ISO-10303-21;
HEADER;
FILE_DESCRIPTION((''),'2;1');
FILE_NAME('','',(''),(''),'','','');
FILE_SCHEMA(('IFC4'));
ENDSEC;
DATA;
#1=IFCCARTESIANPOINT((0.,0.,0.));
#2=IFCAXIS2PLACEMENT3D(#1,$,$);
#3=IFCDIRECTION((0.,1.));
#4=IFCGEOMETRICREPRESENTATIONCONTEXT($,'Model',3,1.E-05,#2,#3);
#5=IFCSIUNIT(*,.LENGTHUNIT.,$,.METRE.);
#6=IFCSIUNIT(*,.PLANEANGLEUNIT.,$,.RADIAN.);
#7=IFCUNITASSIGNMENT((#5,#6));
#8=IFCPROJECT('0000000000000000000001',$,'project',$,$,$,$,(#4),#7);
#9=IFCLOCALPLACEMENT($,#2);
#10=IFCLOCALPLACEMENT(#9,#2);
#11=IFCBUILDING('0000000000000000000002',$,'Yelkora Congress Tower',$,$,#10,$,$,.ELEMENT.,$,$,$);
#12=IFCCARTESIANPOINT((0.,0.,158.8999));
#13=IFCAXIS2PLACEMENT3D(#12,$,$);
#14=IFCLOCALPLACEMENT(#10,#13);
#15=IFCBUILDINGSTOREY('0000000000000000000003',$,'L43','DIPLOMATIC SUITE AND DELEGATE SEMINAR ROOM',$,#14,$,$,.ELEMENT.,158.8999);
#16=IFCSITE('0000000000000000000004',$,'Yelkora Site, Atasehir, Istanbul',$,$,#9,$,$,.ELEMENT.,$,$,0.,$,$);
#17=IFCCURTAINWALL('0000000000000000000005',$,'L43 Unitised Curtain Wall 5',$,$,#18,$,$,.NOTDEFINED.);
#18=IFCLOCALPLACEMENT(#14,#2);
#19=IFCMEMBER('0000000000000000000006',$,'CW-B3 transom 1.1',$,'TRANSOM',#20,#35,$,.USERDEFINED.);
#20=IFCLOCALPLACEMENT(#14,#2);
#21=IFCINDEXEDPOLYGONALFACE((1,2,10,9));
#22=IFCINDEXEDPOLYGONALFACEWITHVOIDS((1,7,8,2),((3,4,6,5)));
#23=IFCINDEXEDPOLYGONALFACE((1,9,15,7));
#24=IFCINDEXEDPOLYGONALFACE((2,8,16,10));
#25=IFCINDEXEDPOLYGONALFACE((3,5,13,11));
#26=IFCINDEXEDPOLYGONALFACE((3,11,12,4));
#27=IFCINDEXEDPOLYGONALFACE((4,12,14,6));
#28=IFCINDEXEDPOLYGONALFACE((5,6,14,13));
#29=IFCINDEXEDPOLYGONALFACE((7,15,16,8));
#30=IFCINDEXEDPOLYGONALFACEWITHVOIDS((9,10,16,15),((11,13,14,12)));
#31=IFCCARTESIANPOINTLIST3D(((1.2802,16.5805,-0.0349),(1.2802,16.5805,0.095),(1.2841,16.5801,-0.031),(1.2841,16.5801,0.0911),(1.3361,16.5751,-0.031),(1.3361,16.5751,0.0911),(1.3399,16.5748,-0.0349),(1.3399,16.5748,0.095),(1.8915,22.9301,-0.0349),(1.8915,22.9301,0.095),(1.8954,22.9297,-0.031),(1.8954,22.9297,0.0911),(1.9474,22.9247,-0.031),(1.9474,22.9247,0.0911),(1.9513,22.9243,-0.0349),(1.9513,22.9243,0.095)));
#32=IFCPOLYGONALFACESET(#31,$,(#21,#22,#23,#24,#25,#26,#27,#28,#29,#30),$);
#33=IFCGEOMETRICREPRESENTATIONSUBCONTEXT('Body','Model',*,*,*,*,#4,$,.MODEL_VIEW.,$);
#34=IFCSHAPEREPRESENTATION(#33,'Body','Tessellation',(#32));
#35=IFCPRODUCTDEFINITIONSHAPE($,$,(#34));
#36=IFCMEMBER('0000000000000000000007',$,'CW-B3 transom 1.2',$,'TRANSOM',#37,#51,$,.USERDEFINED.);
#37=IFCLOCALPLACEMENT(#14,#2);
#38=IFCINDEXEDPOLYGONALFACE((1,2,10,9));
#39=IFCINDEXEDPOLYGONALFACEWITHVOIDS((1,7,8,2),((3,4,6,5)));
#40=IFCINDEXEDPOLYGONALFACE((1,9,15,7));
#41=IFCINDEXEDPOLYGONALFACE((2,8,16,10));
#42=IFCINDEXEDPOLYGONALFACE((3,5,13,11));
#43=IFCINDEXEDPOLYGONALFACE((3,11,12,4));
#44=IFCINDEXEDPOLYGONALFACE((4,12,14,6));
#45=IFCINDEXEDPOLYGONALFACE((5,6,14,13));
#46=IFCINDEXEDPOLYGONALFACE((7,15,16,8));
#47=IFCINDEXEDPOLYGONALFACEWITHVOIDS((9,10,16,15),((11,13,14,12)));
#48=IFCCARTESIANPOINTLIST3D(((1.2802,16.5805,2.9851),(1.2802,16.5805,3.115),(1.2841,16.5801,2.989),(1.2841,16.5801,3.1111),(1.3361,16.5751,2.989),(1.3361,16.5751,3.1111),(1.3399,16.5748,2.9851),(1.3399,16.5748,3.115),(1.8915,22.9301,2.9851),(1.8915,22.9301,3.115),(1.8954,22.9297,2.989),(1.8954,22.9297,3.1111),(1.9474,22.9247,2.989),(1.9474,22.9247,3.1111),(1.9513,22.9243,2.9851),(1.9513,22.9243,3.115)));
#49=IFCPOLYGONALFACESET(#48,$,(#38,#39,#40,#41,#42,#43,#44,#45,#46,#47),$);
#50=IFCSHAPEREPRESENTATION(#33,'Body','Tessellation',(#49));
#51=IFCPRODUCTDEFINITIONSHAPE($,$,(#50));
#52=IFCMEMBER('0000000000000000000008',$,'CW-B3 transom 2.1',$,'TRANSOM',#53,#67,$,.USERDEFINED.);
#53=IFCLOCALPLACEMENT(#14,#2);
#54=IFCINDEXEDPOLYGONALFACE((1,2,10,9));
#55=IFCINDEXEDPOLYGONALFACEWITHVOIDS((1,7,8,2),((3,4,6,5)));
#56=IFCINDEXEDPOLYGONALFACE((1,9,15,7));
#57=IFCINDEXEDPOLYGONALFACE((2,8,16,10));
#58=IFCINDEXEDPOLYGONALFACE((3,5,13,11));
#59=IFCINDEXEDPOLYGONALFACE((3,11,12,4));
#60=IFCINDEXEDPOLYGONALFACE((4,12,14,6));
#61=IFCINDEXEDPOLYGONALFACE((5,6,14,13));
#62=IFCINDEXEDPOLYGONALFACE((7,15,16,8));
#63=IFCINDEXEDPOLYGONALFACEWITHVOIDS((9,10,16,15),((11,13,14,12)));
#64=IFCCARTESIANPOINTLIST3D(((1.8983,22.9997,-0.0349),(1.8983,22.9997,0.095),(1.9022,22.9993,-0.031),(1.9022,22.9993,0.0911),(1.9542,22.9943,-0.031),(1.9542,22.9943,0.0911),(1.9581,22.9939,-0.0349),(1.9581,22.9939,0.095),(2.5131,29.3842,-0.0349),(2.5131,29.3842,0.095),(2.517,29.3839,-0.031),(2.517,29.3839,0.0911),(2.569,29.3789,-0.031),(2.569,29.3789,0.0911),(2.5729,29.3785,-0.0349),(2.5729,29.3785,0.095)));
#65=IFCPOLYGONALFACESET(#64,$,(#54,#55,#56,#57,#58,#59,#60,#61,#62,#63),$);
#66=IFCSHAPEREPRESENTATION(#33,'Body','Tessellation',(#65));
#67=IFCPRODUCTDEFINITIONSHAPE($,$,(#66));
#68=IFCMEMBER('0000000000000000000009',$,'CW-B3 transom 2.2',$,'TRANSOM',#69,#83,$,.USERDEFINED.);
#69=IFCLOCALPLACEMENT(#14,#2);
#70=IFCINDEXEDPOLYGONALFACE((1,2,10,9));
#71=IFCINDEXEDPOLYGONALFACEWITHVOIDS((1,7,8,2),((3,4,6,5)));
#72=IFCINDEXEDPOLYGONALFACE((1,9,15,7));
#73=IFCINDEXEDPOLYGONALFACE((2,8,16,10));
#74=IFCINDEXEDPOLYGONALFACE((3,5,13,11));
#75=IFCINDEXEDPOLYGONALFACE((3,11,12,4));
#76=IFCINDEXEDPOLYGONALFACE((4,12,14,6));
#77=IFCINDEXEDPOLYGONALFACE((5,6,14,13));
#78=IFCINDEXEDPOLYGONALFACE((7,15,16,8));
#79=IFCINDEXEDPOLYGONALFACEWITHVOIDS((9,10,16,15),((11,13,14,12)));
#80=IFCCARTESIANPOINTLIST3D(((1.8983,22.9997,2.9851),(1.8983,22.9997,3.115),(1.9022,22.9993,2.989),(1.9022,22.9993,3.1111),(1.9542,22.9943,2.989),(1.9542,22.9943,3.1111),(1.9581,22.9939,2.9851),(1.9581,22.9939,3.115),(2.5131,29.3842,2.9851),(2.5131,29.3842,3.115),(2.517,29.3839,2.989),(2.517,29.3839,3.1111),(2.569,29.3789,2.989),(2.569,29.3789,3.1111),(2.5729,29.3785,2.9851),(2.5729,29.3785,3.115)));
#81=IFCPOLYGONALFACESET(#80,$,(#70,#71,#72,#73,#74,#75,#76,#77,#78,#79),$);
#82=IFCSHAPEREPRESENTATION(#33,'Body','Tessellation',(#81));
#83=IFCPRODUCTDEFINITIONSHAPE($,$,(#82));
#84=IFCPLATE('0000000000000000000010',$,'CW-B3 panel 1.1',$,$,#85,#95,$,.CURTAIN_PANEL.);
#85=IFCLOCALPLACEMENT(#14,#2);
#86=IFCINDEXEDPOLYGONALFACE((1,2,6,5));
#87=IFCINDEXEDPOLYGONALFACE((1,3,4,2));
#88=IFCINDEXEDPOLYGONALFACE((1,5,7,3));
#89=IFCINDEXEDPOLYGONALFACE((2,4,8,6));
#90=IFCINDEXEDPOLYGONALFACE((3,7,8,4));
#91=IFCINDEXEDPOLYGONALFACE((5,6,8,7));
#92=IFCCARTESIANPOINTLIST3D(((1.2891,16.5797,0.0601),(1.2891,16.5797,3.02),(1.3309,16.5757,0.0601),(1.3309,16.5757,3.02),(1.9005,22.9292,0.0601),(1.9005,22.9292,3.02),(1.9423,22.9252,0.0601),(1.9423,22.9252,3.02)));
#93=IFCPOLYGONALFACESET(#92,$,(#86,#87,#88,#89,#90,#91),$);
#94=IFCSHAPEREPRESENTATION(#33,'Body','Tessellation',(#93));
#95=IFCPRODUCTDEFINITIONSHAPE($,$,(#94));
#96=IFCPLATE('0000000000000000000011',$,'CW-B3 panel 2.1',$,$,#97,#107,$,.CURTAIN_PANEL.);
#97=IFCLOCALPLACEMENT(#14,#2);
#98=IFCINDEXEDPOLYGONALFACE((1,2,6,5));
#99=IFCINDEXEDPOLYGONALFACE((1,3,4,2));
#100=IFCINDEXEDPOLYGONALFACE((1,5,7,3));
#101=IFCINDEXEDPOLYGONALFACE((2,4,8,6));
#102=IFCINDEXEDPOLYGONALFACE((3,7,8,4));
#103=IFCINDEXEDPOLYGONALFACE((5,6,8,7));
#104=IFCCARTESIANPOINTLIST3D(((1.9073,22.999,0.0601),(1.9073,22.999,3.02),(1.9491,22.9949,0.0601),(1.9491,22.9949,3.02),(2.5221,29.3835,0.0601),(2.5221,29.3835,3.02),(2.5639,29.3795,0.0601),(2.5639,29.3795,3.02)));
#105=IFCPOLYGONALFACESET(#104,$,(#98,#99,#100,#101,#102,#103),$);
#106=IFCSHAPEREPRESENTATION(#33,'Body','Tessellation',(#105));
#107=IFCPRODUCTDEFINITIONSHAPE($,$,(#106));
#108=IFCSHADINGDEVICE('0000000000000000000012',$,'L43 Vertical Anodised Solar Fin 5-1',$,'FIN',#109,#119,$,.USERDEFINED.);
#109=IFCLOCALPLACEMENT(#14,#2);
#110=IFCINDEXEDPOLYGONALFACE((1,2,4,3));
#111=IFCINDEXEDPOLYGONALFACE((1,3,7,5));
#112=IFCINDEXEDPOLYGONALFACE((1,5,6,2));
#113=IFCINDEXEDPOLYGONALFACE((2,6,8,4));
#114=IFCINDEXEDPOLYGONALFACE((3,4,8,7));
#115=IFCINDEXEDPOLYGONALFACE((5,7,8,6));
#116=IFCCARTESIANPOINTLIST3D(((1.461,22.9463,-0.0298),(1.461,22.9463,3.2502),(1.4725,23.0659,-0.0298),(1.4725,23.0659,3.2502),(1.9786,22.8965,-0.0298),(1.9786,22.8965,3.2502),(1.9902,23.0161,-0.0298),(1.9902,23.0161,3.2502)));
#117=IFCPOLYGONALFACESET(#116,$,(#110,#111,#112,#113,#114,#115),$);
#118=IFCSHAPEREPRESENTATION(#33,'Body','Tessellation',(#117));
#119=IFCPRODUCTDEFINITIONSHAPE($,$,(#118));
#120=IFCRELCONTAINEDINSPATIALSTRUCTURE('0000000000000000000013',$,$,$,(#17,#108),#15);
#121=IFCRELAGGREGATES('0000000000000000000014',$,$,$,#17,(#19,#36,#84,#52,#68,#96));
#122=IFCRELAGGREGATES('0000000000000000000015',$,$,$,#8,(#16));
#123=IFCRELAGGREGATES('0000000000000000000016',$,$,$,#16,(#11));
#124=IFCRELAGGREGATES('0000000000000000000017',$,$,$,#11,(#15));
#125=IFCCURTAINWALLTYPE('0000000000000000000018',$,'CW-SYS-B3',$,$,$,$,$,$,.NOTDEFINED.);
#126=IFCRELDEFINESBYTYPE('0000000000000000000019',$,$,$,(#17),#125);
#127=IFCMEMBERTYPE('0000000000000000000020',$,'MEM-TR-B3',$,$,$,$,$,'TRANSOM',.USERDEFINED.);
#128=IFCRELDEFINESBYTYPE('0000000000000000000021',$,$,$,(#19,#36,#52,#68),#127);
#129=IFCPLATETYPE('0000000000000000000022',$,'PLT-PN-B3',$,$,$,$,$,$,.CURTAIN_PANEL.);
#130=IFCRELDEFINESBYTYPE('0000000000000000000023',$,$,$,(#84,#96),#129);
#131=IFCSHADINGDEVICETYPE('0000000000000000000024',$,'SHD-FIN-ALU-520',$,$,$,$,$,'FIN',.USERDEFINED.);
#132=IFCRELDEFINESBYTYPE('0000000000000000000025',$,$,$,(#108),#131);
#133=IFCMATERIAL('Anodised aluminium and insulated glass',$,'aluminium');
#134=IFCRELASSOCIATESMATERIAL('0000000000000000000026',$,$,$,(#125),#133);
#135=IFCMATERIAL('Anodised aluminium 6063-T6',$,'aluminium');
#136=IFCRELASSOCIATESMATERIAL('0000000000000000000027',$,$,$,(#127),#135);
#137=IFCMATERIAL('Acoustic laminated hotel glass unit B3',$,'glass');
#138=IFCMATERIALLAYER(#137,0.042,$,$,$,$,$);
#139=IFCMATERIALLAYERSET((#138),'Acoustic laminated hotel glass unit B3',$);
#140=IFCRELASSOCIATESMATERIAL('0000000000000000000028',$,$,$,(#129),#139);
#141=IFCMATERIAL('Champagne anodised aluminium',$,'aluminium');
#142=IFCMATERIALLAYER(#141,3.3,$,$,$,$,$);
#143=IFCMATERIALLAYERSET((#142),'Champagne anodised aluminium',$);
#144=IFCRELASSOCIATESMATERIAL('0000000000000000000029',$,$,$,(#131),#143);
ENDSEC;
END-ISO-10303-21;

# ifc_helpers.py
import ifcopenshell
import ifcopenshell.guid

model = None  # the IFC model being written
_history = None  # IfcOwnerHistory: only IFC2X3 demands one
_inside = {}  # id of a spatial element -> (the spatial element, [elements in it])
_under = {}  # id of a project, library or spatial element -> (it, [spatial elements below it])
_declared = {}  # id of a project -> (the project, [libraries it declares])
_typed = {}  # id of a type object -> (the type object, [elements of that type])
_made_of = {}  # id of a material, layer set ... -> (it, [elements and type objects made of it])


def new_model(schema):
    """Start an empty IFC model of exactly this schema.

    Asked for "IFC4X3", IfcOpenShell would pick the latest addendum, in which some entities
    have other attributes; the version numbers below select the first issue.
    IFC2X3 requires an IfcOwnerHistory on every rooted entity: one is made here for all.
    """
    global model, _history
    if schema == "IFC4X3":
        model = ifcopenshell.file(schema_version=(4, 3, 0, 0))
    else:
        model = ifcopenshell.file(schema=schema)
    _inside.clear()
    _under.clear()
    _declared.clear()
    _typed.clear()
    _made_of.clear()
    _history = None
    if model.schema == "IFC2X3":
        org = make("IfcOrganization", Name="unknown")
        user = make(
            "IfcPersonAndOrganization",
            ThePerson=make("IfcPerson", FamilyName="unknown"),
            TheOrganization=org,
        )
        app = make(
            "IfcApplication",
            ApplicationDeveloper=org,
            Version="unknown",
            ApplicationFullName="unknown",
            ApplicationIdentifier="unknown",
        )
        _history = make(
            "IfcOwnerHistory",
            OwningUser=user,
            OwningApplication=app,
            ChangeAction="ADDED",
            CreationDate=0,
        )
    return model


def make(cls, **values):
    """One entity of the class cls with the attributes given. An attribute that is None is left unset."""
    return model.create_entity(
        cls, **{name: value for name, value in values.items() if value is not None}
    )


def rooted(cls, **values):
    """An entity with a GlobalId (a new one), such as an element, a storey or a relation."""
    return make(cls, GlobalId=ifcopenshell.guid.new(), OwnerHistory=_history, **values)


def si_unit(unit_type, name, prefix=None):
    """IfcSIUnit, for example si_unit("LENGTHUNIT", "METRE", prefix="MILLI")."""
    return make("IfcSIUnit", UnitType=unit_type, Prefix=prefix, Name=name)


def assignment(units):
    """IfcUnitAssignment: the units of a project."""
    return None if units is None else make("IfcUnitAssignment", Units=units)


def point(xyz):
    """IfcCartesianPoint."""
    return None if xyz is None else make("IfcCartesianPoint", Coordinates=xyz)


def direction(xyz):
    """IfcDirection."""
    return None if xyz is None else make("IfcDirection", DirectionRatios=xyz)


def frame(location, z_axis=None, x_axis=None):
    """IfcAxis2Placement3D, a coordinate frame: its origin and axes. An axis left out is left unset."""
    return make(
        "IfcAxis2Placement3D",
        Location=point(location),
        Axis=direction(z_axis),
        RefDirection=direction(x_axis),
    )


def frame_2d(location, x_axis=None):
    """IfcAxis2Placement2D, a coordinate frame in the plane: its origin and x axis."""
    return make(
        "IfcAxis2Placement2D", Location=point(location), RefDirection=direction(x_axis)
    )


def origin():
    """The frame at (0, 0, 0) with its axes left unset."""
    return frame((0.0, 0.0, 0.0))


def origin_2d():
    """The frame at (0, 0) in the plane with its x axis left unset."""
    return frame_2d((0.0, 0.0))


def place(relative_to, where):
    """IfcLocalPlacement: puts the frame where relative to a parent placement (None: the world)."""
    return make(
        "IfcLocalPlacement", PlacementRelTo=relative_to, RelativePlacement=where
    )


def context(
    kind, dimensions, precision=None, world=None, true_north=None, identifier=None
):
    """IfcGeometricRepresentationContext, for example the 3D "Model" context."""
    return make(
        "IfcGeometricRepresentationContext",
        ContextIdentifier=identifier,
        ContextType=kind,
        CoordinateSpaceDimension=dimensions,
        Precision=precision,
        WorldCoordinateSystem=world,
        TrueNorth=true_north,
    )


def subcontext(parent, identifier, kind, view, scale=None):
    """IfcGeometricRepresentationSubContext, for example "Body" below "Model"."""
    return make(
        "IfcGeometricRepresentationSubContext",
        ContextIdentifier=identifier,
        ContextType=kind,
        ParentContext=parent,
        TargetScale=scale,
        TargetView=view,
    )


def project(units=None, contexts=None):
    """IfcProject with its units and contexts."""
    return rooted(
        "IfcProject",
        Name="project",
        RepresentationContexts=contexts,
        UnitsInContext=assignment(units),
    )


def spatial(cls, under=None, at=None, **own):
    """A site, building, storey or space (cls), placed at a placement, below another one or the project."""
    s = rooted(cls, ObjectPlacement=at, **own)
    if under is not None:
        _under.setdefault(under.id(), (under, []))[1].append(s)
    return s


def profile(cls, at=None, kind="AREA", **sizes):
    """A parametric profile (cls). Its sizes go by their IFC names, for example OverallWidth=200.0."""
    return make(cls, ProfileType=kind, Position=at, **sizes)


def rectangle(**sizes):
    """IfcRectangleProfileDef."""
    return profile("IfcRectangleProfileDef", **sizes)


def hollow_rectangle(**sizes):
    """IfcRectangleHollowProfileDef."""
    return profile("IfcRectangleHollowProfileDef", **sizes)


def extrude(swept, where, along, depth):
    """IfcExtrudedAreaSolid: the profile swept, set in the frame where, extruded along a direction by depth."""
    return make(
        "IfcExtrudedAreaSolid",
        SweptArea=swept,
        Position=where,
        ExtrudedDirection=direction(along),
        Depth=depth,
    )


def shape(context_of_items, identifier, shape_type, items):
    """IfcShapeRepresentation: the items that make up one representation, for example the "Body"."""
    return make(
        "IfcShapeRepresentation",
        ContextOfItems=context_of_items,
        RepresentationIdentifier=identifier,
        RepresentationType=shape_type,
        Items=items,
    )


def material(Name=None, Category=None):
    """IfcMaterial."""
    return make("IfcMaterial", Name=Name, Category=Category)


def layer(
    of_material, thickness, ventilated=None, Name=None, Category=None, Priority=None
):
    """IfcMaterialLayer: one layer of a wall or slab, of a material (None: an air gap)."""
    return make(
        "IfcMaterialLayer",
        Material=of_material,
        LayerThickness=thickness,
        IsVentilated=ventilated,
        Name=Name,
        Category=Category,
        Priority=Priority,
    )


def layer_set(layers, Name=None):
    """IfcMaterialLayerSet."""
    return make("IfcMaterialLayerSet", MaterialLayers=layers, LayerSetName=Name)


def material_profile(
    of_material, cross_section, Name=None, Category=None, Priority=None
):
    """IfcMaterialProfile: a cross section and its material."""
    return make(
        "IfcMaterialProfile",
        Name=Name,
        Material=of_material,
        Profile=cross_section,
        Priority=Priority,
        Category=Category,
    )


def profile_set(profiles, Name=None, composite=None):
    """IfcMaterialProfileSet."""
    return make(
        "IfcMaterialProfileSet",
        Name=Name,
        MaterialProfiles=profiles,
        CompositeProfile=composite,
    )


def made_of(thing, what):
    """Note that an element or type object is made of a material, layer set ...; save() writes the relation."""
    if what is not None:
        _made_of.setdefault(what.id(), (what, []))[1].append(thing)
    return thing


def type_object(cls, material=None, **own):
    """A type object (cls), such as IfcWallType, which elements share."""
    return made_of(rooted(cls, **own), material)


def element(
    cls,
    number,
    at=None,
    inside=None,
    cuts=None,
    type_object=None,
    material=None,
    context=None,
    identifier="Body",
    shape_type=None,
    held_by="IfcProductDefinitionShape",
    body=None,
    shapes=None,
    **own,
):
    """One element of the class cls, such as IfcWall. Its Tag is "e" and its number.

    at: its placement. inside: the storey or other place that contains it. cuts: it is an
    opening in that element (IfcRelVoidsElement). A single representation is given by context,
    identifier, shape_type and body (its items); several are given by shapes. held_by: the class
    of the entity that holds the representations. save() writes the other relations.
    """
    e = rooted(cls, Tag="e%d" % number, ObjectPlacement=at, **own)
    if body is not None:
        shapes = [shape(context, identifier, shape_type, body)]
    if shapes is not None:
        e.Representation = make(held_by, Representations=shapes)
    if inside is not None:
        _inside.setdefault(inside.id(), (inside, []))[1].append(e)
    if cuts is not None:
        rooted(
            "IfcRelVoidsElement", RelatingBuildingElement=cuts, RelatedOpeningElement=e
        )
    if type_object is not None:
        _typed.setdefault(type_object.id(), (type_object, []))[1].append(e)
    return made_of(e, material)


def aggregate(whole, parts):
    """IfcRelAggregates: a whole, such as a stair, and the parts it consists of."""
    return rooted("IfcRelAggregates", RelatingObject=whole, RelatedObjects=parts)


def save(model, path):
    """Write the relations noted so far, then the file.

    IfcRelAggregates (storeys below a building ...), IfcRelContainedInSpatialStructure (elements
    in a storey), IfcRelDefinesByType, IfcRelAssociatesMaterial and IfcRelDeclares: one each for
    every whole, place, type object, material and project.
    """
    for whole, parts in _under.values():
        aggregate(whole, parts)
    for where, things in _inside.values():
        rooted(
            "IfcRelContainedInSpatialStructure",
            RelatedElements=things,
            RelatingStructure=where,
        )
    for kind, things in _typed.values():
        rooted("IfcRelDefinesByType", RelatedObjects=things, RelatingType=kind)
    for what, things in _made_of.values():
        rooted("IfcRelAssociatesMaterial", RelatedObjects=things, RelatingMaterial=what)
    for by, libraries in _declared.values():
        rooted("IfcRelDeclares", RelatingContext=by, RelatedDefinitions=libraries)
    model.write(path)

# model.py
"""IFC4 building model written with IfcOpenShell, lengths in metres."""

from ifc_helpers import new_model, si_unit, direction, frame, origin, origin_2d, place, context, subcontext, project, spatial, rectangle, hollow_rectangle, extrude, material, layer, layer_set, material_profile, profile_set, type_object, element, aggregate, save


model = new_model("IFC4")

# Units and contexts
model_context = context("Model", 3, precision=1e-05, world=origin(), true_north=direction((0.0, 1.0)))
body_context = subcontext(model_context, "Body", "Model", "MODEL_VIEW")
ifc_project = project(units=[si_unit("LENGTHUNIT", "METRE"), si_unit("PLANEANGLEUNIT", "RADIAN")], contexts=[model_context])

# Site, building, storey
site_placement = place(None, origin())
site = spatial("IfcSite", under=ifc_project, at=site_placement, Name="Yelkora Site, Atasehir, Istanbul", CompositionType="ELEMENT", RefElevation=0.0)
building_placement = place(site_placement, origin())
building = spatial("IfcBuilding", under=site, at=building_placement, Name="Yelkora Congress Tower", CompositionType="ELEMENT")
storey_placement = place(building_placement, frame((0.0, 0.0, 158.8999)))
storey = spatial("IfcBuildingStorey", under=building, at=storey_placement, Name="L43", Description="DIPLOMATIC SUITE AND DELEGATE SEMINAR ROOM", CompositionType="ELEMENT", Elevation=158.8999)

# Curtain wall, members, plates
ifc_material_1 = material(Name="Anodised aluminium and insulated glass", Category="aluminium")
curtain_wall_type = type_object("IfcCurtainWallType", Name="CW-SYS-B3", PredefinedType="NOTDEFINED", material=ifc_material_1)
curtain_wall_placement = place(storey_placement, origin())
curtain_wall = element("IfcCurtainWall", 1, at=curtain_wall_placement, inside=storey, type_object=curtain_wall_type, Name="L43 Unitised Curtain Wall 5", PredefinedType="NOTDEFINED")
ifc_material_2 = material(Name="Anodised aluminium 6063-T6", Category="aluminium")
ifc_material_profile_1 = material_profile(ifc_material_2, hollow_rectangle(XDim=0.0601, YDim=0.1299, WallThickness=0.0039, at=origin_2d()), Name="ALU 60x130x4")
ifc_profile_set_1 = profile_set([ifc_material_profile_1], Name="Anodised aluminium 6063-T6")
member_type_1 = type_object("IfcMemberType", Name="MEM-TR-B3", ElementType="TRANSOM", PredefinedType="USERDEFINED", material=ifc_profile_set_1)
member_1_placement = place(storey_placement, frame((1.3101, 16.5776, 0.03), z_axis=(0.095835, 0.995397, 0.0), x_axis=(-0.995397, 0.095835, 0.0)))
member_1 = element("IfcMember", 2, at=member_1_placement, type_object=member_type_1, Name="CW-B3 transom 1.1", ObjectType="TRANSOM", PredefinedType="USERDEFINED", context=body_context, shape_type="SweptSolid", body=[
    extrude(hollow_rectangle(XDim=0.0601, YDim=0.1299, WallThickness=0.0039, at=origin_2d()), origin(), (0.0, 0.0, 1.0), 6.3789),
])
member_2_placement = place(storey_placement, frame((1.3101, 16.5776, 3.05), z_axis=(0.095835, 0.995397, 0.0), x_axis=(-0.995397, 0.095835, 0.0)))
member_2 = element("IfcMember", 3, at=member_2_placement, type_object=member_type_1, Name="CW-B3 transom 1.2", ObjectType="TRANSOM", PredefinedType="USERDEFINED", context=body_context, shape_type="SweptSolid", body=[
    extrude(hollow_rectangle(XDim=0.0601, YDim=0.1299, WallThickness=0.0039, at=origin_2d()), origin(), (0.0, 0.0, 1.0), 6.3789),
])
member_3_placement = place(storey_placement, frame((1.9282, 22.9968, 0.03), z_axis=(0.095844, 0.995396, 0.0), x_axis=(-0.995396, 0.095844, 0.0)))
member_3 = element("IfcMember", 4, at=member_3_placement, type_object=member_type_1, Name="CW-B3 transom 2.1", ObjectType="TRANSOM", PredefinedType="USERDEFINED", context=body_context, shape_type="SweptSolid", body=[
    extrude(hollow_rectangle(XDim=0.0601, YDim=0.1299, WallThickness=0.0039, at=origin_2d()), origin(), (0.0, 0.0, 1.0), 6.4141),
])
member_4_placement = place(storey_placement, frame((1.9282, 22.9968, 3.05), z_axis=(0.095844, 0.995396, 0.0), x_axis=(-0.995396, 0.095844, 0.0)))
member_4 = element("IfcMember", 5, at=member_4_placement, type_object=member_type_1, Name="CW-B3 transom 2.2", ObjectType="TRANSOM", PredefinedType="USERDEFINED", context=body_context, shape_type="SweptSolid", body=[
    extrude(hollow_rectangle(XDim=0.0601, YDim=0.1299, WallThickness=0.0039, at=origin_2d()), origin(), (0.0, 0.0, 1.0), 6.4141),
])
ifc_material_3 = material(Name="Acoustic laminated hotel glass unit B3", Category="glass")
ifc_layer_1 = layer(ifc_material_3, 0.042)
ifc_layer_set_1 = layer_set([ifc_layer_1], Name="Acoustic laminated hotel glass unit B3")
plate_type = type_object("IfcPlateType", Name="PLT-PN-B3", PredefinedType="CURTAIN_PANEL", material=ifc_layer_set_1)
plate_1_placement = place(storey_placement, frame((1.6157, 19.7524, 0.0601), z_axis=(0.0, 0.0, 1.0), x_axis=(0.095845, 0.995396, 0.0)))
plate_1 = element("IfcPlate", 6, at=plate_1_placement, type_object=plate_type, Name="CW-B3 panel 1.1", PredefinedType="CURTAIN_PANEL", context=body_context, shape_type="SweptSolid", body=[
    extrude(rectangle(XDim=6.3789, YDim=0.042, at=origin_2d()), origin(), (0.0, 0.0, 1.0), 2.96),
])
plate_2_placement = place(storey_placement, frame((2.2356, 26.1892, 0.0601), z_axis=(0.0, 0.0, 1.0), x_axis=(0.095845, 0.995396, 0.0)))
plate_2 = element("IfcPlate", 7, at=plate_2_placement, type_object=plate_type, Name="CW-B3 panel 2.1", PredefinedType="CURTAIN_PANEL", context=body_context, shape_type="SweptSolid", body=[
    extrude(rectangle(XDim=6.4141, YDim=0.042, at=origin_2d()), origin(), (0.0, 0.0, 1.0), 2.96),
])
aggregate(curtain_wall, [member_1, member_2, plate_1, member_3, member_4, plate_2])

# Shading device
ifc_material_4 = material(Name="Champagne anodised aluminium", Category="aluminium")
ifc_layer_2 = layer(ifc_material_4, 3.3)
ifc_layer_set_2 = layer_set([ifc_layer_2], Name="Champagne anodised aluminium")
shading_device_type = type_object("IfcShadingDeviceType", Name="SHD-FIN-ALU-520", ElementType="FIN", PredefinedType="USERDEFINED", material=ifc_layer_set_2)
shading_device_placement = place(storey_placement, frame((1.7256, 22.9812, -0.0298), z_axis=(0.0, 0.0, 1.0), x_axis=(0.095846, 0.995396, 0.0)))
element("IfcShadingDevice", 8, at=shading_device_placement, inside=storey, type_object=shading_device_type, Name="L43 Vertical Anodised Solar Fin 5-1", ObjectType="FIN", PredefinedType="USERDEFINED", context=body_context, shape_type="SweptSolid", body=[
    extrude(rectangle(XDim=0.1201, YDim=0.52, at=origin_2d()), origin(), (0.0, 0.0, 1.0), 3.28),
])

save(model, "model.ifc")
